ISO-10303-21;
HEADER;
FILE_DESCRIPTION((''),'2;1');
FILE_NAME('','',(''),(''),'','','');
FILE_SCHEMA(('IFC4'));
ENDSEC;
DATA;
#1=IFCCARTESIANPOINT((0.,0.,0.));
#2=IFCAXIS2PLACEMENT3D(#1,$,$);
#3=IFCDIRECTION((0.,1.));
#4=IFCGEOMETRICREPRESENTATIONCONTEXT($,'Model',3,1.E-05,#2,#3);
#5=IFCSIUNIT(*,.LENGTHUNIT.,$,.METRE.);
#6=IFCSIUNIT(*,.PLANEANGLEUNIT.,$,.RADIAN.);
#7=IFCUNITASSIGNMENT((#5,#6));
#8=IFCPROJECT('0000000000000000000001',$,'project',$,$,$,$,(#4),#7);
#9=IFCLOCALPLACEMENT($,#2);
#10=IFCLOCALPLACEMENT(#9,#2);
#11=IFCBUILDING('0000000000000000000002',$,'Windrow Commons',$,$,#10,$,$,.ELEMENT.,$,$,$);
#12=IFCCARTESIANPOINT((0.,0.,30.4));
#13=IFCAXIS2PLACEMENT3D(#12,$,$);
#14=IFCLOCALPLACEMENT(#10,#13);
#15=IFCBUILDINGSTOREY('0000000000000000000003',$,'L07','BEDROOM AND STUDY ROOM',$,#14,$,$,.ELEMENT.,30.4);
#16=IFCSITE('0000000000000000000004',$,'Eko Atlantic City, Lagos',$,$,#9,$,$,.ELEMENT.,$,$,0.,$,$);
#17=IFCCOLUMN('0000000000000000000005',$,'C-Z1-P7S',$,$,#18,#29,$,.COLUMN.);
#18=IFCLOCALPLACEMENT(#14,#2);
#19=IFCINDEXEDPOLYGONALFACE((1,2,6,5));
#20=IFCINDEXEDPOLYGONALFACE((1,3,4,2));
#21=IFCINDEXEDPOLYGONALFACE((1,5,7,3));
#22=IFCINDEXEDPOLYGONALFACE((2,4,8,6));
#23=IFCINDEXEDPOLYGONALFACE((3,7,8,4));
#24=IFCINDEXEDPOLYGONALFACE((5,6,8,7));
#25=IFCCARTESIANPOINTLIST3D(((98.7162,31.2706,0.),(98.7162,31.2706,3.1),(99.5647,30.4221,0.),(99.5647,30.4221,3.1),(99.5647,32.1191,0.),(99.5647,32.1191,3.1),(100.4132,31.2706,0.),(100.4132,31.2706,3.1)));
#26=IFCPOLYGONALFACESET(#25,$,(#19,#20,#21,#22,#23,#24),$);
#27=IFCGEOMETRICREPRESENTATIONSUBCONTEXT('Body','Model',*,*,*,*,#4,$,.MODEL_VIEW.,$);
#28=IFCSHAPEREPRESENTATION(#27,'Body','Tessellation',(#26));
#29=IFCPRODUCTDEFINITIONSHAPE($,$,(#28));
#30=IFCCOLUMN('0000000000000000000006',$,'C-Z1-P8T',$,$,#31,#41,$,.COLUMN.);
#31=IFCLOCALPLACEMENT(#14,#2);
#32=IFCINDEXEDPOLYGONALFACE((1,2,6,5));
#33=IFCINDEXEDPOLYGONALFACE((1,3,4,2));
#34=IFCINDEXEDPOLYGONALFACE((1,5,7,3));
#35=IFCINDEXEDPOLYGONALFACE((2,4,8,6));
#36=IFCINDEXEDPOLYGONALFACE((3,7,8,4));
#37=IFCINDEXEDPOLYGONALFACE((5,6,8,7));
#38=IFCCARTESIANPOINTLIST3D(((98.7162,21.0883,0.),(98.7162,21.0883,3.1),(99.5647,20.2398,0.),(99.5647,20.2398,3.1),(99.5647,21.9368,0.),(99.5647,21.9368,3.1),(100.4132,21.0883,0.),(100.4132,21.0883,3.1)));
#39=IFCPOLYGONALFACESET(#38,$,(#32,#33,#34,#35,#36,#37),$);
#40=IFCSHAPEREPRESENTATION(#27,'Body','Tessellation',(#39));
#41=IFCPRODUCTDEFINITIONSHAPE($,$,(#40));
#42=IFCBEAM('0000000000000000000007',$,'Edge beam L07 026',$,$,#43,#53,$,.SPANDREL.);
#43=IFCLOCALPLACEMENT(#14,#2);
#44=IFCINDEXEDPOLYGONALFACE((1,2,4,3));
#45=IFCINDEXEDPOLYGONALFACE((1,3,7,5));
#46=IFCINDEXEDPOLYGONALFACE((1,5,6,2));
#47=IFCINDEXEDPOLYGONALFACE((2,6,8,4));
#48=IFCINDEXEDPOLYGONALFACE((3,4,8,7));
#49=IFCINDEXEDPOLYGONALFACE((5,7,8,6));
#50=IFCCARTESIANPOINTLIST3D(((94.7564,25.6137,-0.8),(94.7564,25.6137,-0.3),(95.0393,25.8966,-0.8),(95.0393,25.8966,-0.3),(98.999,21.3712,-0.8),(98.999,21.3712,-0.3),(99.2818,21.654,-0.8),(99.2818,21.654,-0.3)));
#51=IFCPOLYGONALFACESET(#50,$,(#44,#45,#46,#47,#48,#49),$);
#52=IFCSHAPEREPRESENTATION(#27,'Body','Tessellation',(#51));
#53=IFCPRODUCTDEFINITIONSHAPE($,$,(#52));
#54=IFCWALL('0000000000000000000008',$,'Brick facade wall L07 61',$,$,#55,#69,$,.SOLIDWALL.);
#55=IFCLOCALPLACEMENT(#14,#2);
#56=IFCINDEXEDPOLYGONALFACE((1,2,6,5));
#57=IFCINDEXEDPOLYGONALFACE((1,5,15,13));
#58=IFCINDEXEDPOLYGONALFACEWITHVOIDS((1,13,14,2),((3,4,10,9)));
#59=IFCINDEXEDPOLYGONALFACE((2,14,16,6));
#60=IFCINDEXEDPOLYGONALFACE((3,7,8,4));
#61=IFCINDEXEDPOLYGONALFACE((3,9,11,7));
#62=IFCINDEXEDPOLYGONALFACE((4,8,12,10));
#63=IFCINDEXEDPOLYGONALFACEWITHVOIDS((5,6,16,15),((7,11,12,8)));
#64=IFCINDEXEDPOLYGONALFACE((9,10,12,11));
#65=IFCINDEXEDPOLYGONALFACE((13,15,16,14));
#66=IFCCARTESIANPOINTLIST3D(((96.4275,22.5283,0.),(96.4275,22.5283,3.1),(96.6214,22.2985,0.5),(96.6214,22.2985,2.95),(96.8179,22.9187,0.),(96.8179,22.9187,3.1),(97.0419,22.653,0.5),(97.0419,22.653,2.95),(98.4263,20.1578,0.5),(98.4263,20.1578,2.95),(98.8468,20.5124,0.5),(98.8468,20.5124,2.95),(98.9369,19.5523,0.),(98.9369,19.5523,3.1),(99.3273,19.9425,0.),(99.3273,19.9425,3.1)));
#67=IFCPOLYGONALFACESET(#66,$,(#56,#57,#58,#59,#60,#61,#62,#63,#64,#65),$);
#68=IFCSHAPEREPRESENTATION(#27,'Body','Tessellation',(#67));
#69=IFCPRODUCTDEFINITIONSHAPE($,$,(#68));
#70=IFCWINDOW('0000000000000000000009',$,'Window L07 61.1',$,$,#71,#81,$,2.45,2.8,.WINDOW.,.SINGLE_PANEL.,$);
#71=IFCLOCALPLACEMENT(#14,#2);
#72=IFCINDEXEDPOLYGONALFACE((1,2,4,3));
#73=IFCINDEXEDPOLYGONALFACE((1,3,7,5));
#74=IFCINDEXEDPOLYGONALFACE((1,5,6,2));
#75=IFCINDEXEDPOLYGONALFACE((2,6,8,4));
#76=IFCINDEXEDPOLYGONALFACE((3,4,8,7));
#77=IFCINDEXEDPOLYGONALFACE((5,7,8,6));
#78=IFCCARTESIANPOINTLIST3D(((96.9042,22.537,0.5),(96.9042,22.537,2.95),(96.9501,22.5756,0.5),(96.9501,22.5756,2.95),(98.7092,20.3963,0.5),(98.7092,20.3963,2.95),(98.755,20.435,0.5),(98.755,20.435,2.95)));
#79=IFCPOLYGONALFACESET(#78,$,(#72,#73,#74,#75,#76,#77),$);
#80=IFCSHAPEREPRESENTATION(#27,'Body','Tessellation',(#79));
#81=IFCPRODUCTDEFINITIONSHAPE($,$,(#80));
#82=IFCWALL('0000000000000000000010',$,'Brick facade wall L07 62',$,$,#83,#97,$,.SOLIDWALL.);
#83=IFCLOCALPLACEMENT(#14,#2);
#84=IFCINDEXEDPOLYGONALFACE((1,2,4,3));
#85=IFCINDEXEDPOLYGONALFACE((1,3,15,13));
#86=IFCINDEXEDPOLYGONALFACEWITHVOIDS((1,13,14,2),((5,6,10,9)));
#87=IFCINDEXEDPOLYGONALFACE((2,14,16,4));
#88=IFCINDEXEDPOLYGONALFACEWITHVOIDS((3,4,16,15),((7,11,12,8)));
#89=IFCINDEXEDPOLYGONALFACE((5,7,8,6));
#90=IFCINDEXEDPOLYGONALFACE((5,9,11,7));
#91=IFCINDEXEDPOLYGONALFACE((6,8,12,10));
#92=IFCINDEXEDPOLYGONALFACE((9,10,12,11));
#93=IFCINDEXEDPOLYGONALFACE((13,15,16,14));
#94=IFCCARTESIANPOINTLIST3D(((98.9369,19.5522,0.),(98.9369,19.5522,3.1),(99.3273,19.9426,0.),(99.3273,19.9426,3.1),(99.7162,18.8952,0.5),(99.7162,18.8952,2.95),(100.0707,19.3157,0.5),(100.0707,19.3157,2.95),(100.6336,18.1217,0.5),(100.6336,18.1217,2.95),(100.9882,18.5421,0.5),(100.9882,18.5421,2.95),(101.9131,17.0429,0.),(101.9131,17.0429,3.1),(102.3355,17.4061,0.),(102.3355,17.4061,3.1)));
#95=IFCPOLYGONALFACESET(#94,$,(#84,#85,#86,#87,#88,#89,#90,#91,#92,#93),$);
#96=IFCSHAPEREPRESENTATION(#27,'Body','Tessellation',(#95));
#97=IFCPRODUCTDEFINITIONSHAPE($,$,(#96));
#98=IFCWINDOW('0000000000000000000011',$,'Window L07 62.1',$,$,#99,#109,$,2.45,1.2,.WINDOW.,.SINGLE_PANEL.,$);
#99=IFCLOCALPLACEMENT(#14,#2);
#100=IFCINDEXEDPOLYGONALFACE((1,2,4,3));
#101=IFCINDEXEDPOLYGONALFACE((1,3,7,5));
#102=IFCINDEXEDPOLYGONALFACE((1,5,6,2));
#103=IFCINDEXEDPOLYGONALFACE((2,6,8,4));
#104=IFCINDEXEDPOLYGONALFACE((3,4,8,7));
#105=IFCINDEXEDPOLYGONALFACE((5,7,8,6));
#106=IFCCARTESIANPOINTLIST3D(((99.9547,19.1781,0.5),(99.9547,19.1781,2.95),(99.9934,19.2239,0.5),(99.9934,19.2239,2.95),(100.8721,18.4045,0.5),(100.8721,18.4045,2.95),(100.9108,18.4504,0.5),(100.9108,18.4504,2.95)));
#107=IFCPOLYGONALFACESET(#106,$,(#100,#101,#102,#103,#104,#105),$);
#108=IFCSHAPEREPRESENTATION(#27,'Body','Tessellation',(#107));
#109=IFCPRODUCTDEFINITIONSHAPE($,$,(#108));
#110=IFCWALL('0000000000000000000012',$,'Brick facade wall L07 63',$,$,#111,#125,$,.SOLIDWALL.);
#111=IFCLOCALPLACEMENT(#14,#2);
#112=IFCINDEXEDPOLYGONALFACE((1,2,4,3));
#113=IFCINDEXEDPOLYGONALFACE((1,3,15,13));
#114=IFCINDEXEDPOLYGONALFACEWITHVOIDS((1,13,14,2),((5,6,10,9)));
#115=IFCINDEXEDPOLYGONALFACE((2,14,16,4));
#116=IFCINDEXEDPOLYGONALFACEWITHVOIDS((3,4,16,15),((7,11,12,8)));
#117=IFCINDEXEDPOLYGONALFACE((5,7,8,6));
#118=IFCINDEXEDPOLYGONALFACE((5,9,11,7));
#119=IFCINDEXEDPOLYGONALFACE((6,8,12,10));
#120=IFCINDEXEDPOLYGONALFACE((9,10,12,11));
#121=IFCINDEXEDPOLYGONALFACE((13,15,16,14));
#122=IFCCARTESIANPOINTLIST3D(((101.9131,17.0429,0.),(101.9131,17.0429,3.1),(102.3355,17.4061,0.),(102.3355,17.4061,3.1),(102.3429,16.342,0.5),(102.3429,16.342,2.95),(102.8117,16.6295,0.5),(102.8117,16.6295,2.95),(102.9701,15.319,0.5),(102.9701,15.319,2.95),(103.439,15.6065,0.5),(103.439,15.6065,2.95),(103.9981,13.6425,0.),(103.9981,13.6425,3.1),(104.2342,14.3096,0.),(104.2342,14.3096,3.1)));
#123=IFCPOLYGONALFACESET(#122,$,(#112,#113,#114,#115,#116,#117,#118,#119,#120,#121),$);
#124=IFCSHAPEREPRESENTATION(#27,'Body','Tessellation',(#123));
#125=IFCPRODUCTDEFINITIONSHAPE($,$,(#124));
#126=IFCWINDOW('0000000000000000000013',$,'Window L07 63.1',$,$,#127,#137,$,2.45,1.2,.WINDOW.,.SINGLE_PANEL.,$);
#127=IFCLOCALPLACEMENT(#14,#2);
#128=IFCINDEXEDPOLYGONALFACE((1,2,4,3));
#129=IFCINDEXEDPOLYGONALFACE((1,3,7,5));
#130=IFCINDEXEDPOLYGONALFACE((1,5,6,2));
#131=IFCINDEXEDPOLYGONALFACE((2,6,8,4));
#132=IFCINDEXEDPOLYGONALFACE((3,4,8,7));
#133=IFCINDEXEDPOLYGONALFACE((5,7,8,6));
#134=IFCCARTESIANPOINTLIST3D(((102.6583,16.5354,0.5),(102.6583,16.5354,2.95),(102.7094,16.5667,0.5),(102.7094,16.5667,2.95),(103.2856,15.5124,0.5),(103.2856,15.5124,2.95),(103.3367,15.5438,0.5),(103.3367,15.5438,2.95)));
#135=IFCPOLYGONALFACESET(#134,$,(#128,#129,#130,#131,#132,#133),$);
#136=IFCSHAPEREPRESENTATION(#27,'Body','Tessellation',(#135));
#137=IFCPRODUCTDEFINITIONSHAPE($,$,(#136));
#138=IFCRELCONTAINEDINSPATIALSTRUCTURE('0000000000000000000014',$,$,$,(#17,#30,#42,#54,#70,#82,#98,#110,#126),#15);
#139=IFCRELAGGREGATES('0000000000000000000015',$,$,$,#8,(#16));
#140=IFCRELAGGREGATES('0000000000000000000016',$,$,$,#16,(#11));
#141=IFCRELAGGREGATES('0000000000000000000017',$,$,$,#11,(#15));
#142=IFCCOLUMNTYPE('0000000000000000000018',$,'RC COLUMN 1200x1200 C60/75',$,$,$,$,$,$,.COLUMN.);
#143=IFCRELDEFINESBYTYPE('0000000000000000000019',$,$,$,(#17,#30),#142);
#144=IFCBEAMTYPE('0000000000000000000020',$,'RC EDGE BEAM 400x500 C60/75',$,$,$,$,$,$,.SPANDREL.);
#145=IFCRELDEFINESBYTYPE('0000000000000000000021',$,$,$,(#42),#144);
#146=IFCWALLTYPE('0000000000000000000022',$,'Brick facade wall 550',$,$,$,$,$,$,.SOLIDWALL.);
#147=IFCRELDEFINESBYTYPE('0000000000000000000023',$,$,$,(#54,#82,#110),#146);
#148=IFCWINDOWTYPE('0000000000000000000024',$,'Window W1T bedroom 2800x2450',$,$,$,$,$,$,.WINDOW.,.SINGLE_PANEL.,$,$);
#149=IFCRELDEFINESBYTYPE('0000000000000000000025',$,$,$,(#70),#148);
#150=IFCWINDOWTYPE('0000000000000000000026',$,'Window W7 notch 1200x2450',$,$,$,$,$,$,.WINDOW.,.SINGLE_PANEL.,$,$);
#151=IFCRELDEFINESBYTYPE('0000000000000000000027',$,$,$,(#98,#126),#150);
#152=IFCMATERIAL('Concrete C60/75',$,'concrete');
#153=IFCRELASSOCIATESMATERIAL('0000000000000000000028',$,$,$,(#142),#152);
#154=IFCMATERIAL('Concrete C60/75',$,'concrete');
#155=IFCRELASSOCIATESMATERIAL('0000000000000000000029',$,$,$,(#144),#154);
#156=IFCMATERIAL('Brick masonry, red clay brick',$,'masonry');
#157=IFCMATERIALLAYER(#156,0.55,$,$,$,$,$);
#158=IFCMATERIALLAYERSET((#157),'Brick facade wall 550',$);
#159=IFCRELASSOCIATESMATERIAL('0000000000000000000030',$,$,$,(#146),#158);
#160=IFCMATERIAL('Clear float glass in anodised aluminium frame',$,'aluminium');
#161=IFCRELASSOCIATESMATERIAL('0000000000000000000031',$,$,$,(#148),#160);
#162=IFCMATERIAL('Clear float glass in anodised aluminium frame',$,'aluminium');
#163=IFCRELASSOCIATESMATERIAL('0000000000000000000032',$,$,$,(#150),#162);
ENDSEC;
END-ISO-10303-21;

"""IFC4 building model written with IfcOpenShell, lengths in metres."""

from ifc_helpers import new_model, si_unit, direction, frame, frame_2d, origin, origin_2d, place, context, subcontext, project, spatial, polyline, rectangle, outline, extrude, material, layer, layer_set, material_profile, profile_set, type_object, element, fill, save


model = new_model("IFC4")

# Units and contexts
model_context = context("Model", 3, precision=1e-05, world=origin(), true_north=direction((0.0, 1.0)))
body_context = subcontext(model_context, "Body", "Model", "MODEL_VIEW")
ifc_project = project(units=[si_unit("LENGTHUNIT", "METRE"), si_unit("PLANEANGLEUNIT", "RADIAN")], contexts=[model_context])

# Site, building, storey
site_placement = place(None, origin())
site = spatial("IfcSite", under=ifc_project, at=site_placement, Name="Eko Atlantic City, Lagos", CompositionType="ELEMENT", RefElevation=0.0)
building_placement = place(site_placement, origin())
building = spatial("IfcBuilding", under=site, at=building_placement, Name="Windrow Commons", CompositionType="ELEMENT")
storey_placement = place(building_placement, frame((0.0, 0.0, 30.4)))
storey = spatial("IfcBuildingStorey", under=building, at=storey_placement, Name="L07", Description="BEDROOM AND STUDY ROOM", CompositionType="ELEMENT", Elevation=30.4)

# Columns
ifc_material_1 = material(Name="Concrete C60/75", Category="concrete")
ifc_material_profile_1 = material_profile(ifc_material_1, rectangle(XDim=1.2, YDim=1.2, at=origin_2d()))
ifc_profile_set_1 = profile_set([ifc_material_profile_1], Name="Concrete C60/75")
column_type = type_object("IfcColumnType", Name="RC COLUMN 1200x1200 C60/75", PredefinedType="COLUMN", material=ifc_profile_set_1)
for number, where, z_axis, x_axis, name in (
    (1, (99.5647, 31.2706, 0.0), (0.0, 0.0, 1.0), (0.707107, -0.707107, 0.0), "C-Z1-P7S"),
    (2, (99.5647, 21.0883, 0.0), (0.0, 0.0, 1.0), (0.707107, -0.707107, 0.0), "C-Z1-P8T"),
):
    element("IfcColumn", number, at=place(storey_placement, frame(where, z_axis=z_axis, x_axis=x_axis)), inside=storey, type_object=column_type, Name=name, PredefinedType="COLUMN", context=body_context, shape_type="SweptSolid", body=[
        extrude(rectangle(XDim=1.2, YDim=1.2, at=origin_2d()), origin(), (0.0, 0.0, 1.0), 3.1),
    ])

# Beam
ifc_material_2 = material(Name="Concrete C60/75", Category="concrete")
ifc_material_profile_2 = material_profile(ifc_material_2, rectangle(XDim=0.4, YDim=0.5, at=origin_2d()))
ifc_profile_set_2 = profile_set([ifc_material_profile_2], Name="Concrete C60/75")
beam_type = type_object("IfcBeamType", Name="RC EDGE BEAM 400x500 C60/75", PredefinedType="SPANDREL", material=ifc_profile_set_2)
beam_placement = place(storey_placement, frame((99.1404, 21.5126, -0.55), z_axis=(-0.707107, 0.707107, 0.0), x_axis=(-0.707107, -0.707107, 0.0)))
element("IfcBeam", 3, at=beam_placement, inside=storey, type_object=beam_type, Name="Edge beam L07 026", PredefinedType="SPANDREL", context=body_context, shape_type="SweptSolid", body=[
    extrude(rectangle(XDim=0.4, YDim=0.5, at=origin_2d()), origin(), (0.0, 0.0, 1.0), 5.9999),
])

# Walls, openings, windows
ifc_material_3 = material(Name="Brick masonry, red clay brick", Category="masonry")
ifc_layer_1 = layer(ifc_material_3, 0.55)
ifc_layer_set_1 = layer_set([ifc_layer_1], Name="Brick facade wall 550")
wall_type_1 = type_object("IfcWallType", Name="Brick facade wall 550", PredefinedType="SOLIDWALL", material=ifc_layer_set_1)
wall_1_placement = place(storey_placement, frame((96.6227, 22.7235, 0.0), z_axis=(0.0, 0.0, 1.0), x_axis=(0.644618, -0.764505, 0.0)))
wall_1 = element("IfcWall", 4, at=wall_1_placement, inside=storey, type_object=wall_type_1, Name="Brick facade wall L07 61", PredefinedType="SOLIDWALL", context=body_context, shape_type="SweptSolid", body=[
    extrude(outline(polyline([(0.0234, -0.275), (3.9162, -0.275), (3.8695, 0.275), (-0.0234, 0.275), (0.0234, -0.275)])), origin(), (0.0, 0.0, 1.0), 3.1),
])
opening_1_placement = place(wall_1_placement, frame((0.3241, 0.0, 0.5)))
opening_1 = element("IfcOpeningElement", 5, at=opening_1_placement, cuts=wall_1, PredefinedType="OPENING", context=body_context, shape_type="SweptSolid", body=[
    extrude(rectangle(XDim=2.8, YDim=2.45, at=frame_2d((1.4, 1.225))), frame((0.0, 0.285, 0.0), z_axis=(0.0, -1.0, 0.0), x_axis=(1.0, 0.0, 0.0)), (0.0, 0.0, 1.0), 0.57),
])
ifc_material_4 = material(Name="Clear float glass in anodised aluminium frame", Category="aluminium")
window_type_1 = type_object("IfcWindowType", Name="Window W1T bedroom 2800x2450", PartitioningType="SINGLE_PANEL", PredefinedType="WINDOW", material=ifc_material_4)
window_1_placement = place(opening_1_placement, origin())
window_1 = element("IfcWindow", 6, at=window_1_placement, inside=storey, type_object=window_type_1, Name="Window L07 61.1", OverallHeight=2.45, OverallWidth=2.8, PartitioningType="SINGLE_PANEL", PredefinedType="WINDOW", context=body_context, shape_type="SweptSolid", body=[
    extrude(rectangle(XDim=2.8, YDim=2.45, at=frame_2d((1.4, 1.225))), frame((0.0, 0.155, 0.0), z_axis=(0.0, -1.0, 0.0), x_axis=(1.0, 0.0, 0.0)), (0.0, 0.0, 1.0), 0.06),
])
fill(opening_1, window_1)
wall_2_placement = place(storey_placement, frame((99.1321, 19.7474, 0.0), z_axis=(0.0, 0.0, 1.0), x_axis=(0.764514, -0.644607, 0.0)))
wall_2 = element("IfcWall", 7, at=wall_2_placement, inside=storey, type_object=wall_type_1, Name="Brick facade wall L07 62", PredefinedType="SOLIDWALL", context=body_context, shape_type="SweptSolid", body=[
    extrude(outline(polyline([(-0.0234, -0.275), (3.8695, -0.275), (3.9583, 0.275), (0.0234, 0.275), (-0.0234, -0.275)])), origin(), (0.0, 0.0, 1.0), 3.1),
])
opening_2_placement = place(wall_2_placement, frame((0.9959, 0.0, 0.5)))
opening_2 = element("IfcOpeningElement", 8, at=opening_2_placement, cuts=wall_2, PredefinedType="OPENING", context=body_context, shape_type="SweptSolid", body=[
    extrude(rectangle(XDim=1.2, YDim=2.45, at=frame_2d((0.6, 1.225))), frame((0.0, 0.285, 0.0), z_axis=(0.0, -1.0, 0.0), x_axis=(1.0, 0.0, 0.0)), (0.0, 0.0, 1.0), 0.57),
])
ifc_material_5 = material(Name="Clear float glass in anodised aluminium frame", Category="aluminium")
window_type_2 = type_object("IfcWindowType", Name="Window W7 notch 1200x2450", PartitioningType="SINGLE_PANEL", PredefinedType="WINDOW", material=ifc_material_5)
window_2_placement = place(opening_2_placement, origin())
window_2 = element("IfcWindow", 9, at=window_2_placement, inside=storey, type_object=window_type_2, Name="Window L07 62.1", OverallHeight=2.45, OverallWidth=1.2, PartitioningType="SINGLE_PANEL", PredefinedType="WINDOW", context=body_context, shape_type="SweptSolid", body=[
    extrude(rectangle(XDim=1.2, YDim=2.45, at=frame_2d((0.6, 1.225))), frame((0.0, 0.155, 0.0), z_axis=(0.0, -1.0, 0.0), x_axis=(1.0, 0.0, 0.0)), (0.0, 0.0, 1.0), 0.06),
])
fill(opening_2, window_2)
wall_3_placement = place(storey_placement, frame((102.1243, 17.2245, 0.0), z_axis=(0.0, 0.0, 1.0), x_axis=(0.522731, -0.852498, 0.0)))
wall_3 = element("IfcWall", 10, at=wall_3_placement, inside=storey, type_object=wall_type_1, Name="Brick facade wall L07 63", PredefinedType="SOLIDWALL", context=body_context, shape_type="SweptSolid", body=[
    extrude(outline(polyline([(0.0444, -0.275), (4.0332, -0.275), (3.5879, 0.275), (-0.0444, 0.275), (0.0444, -0.275)])), origin(), (0.0, 0.0, 1.0), 3.1),
])
opening_3_placement = place(wall_3_placement, frame((0.8666, 0.0, 0.5)))
opening_3 = element("IfcOpeningElement", 11, at=opening_3_placement, cuts=wall_3, PredefinedType="OPENING", context=body_context, shape_type="SweptSolid", body=[
    extrude(rectangle(XDim=1.2, YDim=2.45, at=frame_2d((0.6, 1.225))), frame((0.0, 0.285, 0.0), z_axis=(0.0, -1.0, 0.0), x_axis=(1.0, 0.0, 0.0)), (0.0, 0.0, 1.0), 0.57),
])
window_3_placement = place(opening_3_placement, origin())
window_3 = element("IfcWindow", 12, at=window_3_placement, inside=storey, type_object=window_type_2, Name="Window L07 63.1", OverallHeight=2.45, OverallWidth=1.2, PartitioningType="SINGLE_PANEL", PredefinedType="WINDOW", context=body_context, shape_type="SweptSolid", body=[
    extrude(rectangle(XDim=1.2, YDim=2.45, at=frame_2d((0.6, 1.225))), frame((0.0, 0.155, 0.0), z_axis=(0.0, -1.0, 0.0), x_axis=(1.0, 0.0, 0.0)), (0.0, 0.0, 1.0), 0.06),
])
fill(opening_3, window_3)

save(model, "model.ifc")
